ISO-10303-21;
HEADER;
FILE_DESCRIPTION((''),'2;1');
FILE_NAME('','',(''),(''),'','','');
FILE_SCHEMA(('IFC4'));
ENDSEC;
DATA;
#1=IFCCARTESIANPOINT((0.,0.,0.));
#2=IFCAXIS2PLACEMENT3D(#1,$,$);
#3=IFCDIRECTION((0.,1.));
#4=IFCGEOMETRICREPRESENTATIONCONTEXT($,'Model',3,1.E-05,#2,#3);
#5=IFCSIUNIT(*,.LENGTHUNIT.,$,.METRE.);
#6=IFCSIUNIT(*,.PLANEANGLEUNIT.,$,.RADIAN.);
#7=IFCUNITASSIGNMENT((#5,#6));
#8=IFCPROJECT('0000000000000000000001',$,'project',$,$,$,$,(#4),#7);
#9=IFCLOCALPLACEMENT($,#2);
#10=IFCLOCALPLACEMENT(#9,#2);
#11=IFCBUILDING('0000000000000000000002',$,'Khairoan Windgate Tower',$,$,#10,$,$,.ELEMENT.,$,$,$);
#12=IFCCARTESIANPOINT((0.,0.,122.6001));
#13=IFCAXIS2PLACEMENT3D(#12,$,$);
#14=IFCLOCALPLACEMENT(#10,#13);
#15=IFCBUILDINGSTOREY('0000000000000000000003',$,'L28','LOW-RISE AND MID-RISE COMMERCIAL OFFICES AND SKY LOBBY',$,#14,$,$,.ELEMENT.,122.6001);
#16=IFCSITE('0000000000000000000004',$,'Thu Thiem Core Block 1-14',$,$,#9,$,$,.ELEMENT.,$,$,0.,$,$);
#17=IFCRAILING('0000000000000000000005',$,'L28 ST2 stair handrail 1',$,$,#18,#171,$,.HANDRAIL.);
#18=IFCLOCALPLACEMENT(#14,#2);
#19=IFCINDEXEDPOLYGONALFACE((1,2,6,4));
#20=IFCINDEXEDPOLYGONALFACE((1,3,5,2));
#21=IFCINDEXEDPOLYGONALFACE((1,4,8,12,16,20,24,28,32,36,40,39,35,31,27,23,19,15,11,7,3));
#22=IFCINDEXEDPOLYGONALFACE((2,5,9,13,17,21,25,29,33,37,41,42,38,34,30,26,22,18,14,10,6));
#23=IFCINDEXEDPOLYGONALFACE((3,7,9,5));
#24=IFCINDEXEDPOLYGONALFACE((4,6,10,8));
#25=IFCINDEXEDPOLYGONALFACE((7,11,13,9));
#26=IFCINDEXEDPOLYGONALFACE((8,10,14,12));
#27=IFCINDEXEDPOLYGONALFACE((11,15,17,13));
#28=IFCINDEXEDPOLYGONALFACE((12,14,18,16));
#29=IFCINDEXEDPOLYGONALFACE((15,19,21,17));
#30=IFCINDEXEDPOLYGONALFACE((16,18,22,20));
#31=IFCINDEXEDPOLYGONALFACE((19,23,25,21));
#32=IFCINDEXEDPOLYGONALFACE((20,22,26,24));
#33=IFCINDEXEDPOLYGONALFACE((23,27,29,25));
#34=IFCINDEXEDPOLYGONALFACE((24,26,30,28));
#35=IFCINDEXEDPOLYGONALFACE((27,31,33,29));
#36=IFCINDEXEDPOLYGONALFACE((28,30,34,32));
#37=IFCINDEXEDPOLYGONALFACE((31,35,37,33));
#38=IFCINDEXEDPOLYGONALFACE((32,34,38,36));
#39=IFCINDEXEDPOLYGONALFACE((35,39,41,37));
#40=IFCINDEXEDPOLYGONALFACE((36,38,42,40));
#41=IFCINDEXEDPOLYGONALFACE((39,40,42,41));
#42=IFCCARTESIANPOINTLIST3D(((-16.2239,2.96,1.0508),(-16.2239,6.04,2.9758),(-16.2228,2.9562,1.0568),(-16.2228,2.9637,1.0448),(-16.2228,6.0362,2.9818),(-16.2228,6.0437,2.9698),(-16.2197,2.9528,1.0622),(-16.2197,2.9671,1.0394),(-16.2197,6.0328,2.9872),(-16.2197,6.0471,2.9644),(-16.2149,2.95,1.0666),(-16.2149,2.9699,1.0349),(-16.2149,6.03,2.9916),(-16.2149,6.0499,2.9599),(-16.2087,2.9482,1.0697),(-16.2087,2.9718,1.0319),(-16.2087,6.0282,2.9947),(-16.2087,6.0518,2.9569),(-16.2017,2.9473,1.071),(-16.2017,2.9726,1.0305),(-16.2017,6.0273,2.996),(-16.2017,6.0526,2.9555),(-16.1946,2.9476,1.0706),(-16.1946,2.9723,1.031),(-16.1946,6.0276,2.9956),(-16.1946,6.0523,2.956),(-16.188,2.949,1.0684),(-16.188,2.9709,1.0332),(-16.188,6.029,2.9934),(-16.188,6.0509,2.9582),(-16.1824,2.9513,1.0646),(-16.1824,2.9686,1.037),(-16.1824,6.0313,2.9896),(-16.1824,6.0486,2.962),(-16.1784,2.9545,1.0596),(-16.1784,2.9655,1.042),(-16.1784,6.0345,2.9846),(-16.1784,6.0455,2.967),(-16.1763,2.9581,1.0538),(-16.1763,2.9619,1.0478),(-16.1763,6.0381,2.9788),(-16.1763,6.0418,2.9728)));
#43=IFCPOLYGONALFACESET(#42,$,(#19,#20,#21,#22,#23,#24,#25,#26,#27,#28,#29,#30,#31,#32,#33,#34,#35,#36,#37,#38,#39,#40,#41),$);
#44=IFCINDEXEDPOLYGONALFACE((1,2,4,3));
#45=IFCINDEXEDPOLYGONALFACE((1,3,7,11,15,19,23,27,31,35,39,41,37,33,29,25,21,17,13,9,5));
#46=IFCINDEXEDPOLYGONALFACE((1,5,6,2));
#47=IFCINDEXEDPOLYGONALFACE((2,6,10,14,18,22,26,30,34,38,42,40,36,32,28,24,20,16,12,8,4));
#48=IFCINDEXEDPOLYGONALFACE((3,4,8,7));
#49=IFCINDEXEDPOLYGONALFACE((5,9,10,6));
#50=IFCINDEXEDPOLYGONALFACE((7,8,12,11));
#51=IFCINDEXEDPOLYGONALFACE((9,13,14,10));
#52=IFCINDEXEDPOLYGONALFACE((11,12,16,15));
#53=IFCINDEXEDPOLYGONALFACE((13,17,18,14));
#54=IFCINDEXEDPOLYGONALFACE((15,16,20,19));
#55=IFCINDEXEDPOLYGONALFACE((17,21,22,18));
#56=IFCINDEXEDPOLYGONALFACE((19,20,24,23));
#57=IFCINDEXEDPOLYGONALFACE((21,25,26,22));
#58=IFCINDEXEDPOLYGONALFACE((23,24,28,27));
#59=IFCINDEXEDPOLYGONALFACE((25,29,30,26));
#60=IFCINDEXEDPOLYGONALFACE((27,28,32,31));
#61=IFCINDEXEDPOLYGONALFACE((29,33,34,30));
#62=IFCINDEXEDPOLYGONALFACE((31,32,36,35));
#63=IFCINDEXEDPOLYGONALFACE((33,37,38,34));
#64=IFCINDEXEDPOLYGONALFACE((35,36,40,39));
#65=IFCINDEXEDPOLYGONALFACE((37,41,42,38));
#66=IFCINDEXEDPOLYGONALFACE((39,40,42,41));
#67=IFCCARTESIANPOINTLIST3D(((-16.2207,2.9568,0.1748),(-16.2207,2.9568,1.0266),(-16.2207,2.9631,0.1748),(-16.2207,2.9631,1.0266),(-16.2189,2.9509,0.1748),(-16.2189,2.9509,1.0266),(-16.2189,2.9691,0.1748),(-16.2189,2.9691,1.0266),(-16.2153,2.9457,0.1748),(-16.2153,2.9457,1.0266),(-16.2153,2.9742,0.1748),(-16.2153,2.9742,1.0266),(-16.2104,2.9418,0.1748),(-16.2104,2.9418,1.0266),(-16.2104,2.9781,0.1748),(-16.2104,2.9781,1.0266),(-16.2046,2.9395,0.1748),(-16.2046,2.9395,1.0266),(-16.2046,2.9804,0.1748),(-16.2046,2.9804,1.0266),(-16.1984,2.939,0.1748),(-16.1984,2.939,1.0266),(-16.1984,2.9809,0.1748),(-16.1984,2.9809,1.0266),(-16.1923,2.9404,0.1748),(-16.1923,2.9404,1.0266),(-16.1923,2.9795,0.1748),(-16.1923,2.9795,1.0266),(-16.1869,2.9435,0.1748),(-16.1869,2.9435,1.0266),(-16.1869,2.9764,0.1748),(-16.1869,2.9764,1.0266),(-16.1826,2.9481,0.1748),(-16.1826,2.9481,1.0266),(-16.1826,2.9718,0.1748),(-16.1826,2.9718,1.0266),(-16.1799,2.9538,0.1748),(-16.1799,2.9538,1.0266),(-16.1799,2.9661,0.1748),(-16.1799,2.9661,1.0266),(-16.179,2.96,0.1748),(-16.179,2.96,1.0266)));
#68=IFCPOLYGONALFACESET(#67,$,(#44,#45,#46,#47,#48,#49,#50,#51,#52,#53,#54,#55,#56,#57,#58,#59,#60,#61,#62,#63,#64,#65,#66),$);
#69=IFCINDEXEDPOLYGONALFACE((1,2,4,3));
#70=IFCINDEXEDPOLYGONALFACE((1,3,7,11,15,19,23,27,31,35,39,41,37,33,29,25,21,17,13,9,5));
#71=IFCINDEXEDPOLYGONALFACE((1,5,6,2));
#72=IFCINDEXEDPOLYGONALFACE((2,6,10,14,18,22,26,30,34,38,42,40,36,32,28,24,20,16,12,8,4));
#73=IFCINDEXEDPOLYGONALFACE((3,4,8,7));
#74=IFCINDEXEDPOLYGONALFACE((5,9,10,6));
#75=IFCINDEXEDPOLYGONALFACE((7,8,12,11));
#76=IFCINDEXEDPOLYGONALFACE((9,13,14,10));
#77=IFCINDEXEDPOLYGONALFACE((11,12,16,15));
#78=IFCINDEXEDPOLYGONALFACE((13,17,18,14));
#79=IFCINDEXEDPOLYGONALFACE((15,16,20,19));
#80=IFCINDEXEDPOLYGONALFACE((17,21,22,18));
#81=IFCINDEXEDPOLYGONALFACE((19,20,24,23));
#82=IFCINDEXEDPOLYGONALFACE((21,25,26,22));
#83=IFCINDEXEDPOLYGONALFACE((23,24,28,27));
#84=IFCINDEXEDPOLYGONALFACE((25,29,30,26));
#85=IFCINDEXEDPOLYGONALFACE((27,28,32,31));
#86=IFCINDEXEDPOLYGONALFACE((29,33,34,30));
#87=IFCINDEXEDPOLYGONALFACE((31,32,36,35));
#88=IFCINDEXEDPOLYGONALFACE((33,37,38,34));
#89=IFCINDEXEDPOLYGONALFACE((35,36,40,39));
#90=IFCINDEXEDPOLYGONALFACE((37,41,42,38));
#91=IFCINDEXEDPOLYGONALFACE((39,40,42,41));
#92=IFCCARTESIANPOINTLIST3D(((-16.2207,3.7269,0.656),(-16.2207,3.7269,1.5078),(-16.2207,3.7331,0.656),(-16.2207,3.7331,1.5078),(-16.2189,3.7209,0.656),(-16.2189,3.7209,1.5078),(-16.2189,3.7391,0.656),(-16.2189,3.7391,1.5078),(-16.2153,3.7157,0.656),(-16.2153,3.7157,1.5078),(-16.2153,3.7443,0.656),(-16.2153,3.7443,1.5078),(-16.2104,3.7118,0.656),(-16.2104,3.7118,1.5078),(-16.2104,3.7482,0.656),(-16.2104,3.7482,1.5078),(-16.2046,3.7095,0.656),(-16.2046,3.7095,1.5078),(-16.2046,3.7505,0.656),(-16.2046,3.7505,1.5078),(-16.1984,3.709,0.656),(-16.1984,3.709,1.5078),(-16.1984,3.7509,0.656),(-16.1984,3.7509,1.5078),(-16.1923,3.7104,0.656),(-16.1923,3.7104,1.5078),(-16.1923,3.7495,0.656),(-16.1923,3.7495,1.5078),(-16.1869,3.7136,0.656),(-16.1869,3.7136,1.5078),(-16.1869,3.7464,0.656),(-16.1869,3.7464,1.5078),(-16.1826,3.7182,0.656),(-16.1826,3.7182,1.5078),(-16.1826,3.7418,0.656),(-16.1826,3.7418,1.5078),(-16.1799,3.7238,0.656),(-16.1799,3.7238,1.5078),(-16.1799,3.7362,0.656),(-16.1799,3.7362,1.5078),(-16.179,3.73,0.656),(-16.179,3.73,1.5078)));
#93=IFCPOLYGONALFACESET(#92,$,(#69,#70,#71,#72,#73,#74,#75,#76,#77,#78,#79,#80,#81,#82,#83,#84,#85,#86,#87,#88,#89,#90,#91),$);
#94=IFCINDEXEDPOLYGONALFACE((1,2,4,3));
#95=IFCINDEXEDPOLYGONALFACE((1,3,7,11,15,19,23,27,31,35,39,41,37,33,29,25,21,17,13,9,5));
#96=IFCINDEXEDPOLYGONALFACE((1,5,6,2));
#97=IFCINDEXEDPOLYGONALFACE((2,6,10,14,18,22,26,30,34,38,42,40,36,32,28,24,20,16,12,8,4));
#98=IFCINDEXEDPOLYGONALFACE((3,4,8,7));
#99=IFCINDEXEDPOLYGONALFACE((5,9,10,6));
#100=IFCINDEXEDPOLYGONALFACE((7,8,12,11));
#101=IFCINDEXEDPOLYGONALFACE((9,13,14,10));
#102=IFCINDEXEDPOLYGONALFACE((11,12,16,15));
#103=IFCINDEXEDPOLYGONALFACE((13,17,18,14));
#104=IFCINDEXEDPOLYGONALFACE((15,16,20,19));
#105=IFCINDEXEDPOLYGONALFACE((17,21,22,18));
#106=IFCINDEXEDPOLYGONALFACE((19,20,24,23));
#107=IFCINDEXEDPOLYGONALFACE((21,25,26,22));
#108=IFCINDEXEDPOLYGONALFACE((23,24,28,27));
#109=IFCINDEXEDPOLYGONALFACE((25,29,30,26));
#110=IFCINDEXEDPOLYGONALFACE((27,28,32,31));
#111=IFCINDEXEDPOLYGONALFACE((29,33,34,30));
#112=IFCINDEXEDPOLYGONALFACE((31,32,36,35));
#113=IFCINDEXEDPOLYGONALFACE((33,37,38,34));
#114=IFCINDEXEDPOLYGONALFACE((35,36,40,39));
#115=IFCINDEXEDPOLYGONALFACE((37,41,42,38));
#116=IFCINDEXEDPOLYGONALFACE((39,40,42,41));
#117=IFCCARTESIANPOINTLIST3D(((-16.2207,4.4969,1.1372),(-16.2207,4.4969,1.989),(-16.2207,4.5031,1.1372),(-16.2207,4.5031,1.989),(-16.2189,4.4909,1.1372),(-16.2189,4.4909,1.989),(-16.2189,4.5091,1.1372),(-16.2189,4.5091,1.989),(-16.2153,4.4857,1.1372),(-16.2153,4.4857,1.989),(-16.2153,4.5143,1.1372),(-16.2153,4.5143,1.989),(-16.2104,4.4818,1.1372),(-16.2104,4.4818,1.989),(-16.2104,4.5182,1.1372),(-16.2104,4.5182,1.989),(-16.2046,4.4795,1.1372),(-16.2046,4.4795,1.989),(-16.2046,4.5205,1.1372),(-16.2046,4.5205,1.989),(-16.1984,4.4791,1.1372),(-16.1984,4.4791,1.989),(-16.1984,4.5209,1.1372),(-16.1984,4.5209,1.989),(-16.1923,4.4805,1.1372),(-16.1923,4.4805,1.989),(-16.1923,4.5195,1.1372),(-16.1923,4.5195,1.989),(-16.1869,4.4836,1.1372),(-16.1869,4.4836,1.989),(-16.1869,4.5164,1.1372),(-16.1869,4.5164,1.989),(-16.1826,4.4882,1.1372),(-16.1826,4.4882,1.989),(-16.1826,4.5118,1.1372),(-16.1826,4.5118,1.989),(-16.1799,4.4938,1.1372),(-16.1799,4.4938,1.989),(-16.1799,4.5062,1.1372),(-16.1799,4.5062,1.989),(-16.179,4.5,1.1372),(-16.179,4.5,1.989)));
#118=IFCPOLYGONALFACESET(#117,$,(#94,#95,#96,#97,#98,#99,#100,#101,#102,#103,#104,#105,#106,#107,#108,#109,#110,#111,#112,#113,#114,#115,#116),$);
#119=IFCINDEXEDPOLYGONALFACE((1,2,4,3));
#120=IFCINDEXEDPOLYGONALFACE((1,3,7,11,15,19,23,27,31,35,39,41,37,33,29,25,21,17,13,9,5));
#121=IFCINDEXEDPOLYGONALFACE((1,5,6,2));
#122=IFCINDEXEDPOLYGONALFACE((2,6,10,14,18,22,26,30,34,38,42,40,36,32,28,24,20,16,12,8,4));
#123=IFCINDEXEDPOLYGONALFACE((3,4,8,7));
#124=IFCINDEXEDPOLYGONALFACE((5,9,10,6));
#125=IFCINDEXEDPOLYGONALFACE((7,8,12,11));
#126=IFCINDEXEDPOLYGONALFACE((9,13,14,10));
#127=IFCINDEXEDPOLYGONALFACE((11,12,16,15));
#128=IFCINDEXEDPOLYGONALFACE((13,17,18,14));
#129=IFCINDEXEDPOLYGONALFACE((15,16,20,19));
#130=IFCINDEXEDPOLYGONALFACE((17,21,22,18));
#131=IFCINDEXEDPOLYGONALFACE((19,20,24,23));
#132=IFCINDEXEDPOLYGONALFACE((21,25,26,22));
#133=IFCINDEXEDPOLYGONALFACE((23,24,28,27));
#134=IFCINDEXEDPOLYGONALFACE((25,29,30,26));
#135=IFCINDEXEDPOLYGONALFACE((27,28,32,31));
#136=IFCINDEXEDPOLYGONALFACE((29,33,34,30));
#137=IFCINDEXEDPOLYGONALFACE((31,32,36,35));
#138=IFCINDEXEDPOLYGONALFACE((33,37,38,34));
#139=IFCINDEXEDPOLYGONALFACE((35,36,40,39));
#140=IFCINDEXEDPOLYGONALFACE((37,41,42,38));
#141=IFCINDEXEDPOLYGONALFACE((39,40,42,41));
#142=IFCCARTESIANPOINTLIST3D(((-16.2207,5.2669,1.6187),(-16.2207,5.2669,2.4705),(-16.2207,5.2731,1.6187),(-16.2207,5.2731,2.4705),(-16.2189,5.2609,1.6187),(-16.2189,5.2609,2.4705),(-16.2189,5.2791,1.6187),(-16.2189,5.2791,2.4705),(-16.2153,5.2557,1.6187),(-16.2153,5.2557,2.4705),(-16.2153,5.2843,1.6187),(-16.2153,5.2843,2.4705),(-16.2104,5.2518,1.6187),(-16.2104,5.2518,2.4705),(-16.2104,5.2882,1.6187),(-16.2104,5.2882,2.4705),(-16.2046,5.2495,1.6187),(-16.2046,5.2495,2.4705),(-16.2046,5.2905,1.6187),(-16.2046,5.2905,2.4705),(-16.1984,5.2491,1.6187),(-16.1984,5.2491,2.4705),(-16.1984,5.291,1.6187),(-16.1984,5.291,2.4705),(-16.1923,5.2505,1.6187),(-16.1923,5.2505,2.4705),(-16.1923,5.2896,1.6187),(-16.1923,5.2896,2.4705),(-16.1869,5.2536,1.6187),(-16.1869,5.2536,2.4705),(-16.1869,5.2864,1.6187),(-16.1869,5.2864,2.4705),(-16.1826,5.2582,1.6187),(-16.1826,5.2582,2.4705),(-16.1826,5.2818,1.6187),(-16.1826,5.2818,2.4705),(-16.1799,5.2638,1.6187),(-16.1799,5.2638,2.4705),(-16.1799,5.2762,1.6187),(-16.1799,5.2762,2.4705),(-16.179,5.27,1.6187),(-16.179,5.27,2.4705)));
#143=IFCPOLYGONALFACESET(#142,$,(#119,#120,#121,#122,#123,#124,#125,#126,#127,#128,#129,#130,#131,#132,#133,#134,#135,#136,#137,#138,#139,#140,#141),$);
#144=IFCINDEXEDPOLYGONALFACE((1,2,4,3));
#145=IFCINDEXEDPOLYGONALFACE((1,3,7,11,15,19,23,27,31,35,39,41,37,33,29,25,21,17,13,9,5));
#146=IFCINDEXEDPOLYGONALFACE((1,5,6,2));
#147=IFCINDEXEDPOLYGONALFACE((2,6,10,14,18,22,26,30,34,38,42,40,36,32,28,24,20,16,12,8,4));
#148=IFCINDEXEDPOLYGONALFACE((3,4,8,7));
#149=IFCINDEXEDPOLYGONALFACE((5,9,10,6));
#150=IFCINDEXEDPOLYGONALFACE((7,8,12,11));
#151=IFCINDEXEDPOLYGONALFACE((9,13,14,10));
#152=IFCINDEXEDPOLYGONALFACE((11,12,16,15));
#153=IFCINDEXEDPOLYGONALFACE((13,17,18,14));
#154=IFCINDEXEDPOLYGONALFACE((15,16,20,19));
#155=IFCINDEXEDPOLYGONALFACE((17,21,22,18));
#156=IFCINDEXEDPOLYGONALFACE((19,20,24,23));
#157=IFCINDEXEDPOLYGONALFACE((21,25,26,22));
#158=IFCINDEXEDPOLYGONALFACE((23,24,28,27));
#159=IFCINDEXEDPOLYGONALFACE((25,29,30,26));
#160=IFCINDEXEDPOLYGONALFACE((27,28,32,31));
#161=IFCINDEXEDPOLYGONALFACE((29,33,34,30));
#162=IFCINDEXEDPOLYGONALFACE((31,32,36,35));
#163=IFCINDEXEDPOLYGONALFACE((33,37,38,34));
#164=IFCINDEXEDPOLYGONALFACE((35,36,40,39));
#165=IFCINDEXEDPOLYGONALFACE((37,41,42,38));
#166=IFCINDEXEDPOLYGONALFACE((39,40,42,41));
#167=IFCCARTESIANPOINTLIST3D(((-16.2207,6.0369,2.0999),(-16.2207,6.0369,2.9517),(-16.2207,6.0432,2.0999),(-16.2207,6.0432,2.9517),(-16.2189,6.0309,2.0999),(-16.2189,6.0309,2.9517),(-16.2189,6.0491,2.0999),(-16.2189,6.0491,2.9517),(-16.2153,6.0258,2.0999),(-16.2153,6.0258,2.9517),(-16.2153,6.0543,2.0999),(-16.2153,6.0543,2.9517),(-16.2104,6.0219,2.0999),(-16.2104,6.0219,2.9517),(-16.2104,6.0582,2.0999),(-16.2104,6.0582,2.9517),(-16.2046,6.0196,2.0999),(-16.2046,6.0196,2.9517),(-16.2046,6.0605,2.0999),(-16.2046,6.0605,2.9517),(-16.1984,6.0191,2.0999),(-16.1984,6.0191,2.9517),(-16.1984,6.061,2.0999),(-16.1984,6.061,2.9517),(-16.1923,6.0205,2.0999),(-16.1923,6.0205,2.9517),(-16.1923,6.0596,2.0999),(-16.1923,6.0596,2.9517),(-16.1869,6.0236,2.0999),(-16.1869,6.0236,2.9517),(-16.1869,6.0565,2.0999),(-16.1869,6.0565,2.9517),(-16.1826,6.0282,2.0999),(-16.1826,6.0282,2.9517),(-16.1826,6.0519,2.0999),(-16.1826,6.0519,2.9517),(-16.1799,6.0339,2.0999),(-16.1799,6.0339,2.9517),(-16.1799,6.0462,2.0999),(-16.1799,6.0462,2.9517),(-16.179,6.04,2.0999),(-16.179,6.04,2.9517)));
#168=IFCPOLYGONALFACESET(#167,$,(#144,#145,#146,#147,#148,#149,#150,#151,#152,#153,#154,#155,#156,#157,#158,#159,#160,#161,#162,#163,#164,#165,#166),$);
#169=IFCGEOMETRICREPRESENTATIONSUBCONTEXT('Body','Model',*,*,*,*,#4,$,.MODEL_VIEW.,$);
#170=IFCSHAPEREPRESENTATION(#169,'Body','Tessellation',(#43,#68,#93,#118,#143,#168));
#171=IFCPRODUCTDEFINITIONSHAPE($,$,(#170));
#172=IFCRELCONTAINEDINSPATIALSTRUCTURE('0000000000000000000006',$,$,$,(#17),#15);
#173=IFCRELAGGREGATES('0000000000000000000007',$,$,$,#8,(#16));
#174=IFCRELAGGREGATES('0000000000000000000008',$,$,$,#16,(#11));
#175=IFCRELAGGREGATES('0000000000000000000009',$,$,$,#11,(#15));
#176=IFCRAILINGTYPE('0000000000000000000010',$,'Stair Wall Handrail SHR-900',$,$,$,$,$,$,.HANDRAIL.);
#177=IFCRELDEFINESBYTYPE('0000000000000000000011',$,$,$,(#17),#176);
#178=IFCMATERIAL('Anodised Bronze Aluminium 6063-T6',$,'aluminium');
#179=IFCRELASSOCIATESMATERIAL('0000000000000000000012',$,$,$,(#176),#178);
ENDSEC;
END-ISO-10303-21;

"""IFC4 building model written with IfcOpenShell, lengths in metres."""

from ifc_helpers import new_model, si_unit, direction, frame, origin, origin_2d, place, context, subcontext, project, spatial, circle, extrude, material, type_object, element, save


model = new_model("IFC4")

# Units and contexts
model_context = context("Model", 3, precision=1e-05, world=origin(), true_north=direction((0.0, 1.0)))
body_context = subcontext(model_context, "Body", "Model", "MODEL_VIEW")
ifc_project = project(units=[si_unit("LENGTHUNIT", "METRE"), si_unit("PLANEANGLEUNIT", "RADIAN")], contexts=[model_context])

# Site, building, storey
site_placement = place(None, origin())
site = spatial("IfcSite", under=ifc_project, at=site_placement, Name="Thu Thiem Core Block 1-14", CompositionType="ELEMENT", RefElevation=0.0)
building_placement = place(site_placement, origin())
building = spatial("IfcBuilding", under=site, at=building_placement, Name="Khairoan Windgate Tower", CompositionType="ELEMENT")
storey_placement = place(building_placement, frame((0.0, 0.0, 122.6001)))
storey = spatial("IfcBuildingStorey", under=building, at=storey_placement, Name="L28", Description="LOW-RISE AND MID-RISE COMMERCIAL OFFICES AND SKY LOBBY", CompositionType="ELEMENT", Elevation=122.6001)

# Railing
ifc_material_1 = material(Name="Anodised Bronze Aluminium 6063-T6", Category="aluminium")
railing_type_1 = type_object("IfcRailingType", Name="Stair Wall Handrail SHR-900", PredefinedType="HANDRAIL", material=ifc_material_1)
railing_1_placement = place(storey_placement, frame((-16.2, 2.96, 0.1748)))
element("IfcRailing", 1, at=railing_1_placement, inside=storey, type_object=railing_type_1, Name="L28 ST2 stair handrail 1", PredefinedType="HANDRAIL", context=body_context, shape_type="SweptSolid", body=[
    extrude(circle(Radius=0.0239, at=origin_2d()), frame((0.0, 0.0, 0.876), z_axis=(0.0, 0.847998, 0.529999), x_axis=(-1.0, 0.0, 0.0)), (0.0, 0.0, 1.0), 3.6321),
    extrude(circle(Radius=0.021, at=origin_2d()), origin(), (0.0, 0.0, 1.0), 0.8518),
    extrude(circle(Radius=0.021, at=origin_2d()), frame((0.0, 0.77, 0.4812)), (0.0, 0.0, 1.0), 0.8518),
    extrude(circle(Radius=0.021, at=origin_2d()), frame((0.0, 1.54, 0.9624)), (0.0, 0.0, 1.0), 0.8518),
    extrude(circle(Radius=0.021, at=origin_2d()), frame((0.0, 2.3101, 1.4438)), (0.0, 0.0, 1.0), 0.8518),
    extrude(circle(Radius=0.021, at=origin_2d()), frame((0.0, 3.0801, 1.925)), (0.0, 0.0, 1.0), 0.8518),
])

save(model, "model.ifc")
